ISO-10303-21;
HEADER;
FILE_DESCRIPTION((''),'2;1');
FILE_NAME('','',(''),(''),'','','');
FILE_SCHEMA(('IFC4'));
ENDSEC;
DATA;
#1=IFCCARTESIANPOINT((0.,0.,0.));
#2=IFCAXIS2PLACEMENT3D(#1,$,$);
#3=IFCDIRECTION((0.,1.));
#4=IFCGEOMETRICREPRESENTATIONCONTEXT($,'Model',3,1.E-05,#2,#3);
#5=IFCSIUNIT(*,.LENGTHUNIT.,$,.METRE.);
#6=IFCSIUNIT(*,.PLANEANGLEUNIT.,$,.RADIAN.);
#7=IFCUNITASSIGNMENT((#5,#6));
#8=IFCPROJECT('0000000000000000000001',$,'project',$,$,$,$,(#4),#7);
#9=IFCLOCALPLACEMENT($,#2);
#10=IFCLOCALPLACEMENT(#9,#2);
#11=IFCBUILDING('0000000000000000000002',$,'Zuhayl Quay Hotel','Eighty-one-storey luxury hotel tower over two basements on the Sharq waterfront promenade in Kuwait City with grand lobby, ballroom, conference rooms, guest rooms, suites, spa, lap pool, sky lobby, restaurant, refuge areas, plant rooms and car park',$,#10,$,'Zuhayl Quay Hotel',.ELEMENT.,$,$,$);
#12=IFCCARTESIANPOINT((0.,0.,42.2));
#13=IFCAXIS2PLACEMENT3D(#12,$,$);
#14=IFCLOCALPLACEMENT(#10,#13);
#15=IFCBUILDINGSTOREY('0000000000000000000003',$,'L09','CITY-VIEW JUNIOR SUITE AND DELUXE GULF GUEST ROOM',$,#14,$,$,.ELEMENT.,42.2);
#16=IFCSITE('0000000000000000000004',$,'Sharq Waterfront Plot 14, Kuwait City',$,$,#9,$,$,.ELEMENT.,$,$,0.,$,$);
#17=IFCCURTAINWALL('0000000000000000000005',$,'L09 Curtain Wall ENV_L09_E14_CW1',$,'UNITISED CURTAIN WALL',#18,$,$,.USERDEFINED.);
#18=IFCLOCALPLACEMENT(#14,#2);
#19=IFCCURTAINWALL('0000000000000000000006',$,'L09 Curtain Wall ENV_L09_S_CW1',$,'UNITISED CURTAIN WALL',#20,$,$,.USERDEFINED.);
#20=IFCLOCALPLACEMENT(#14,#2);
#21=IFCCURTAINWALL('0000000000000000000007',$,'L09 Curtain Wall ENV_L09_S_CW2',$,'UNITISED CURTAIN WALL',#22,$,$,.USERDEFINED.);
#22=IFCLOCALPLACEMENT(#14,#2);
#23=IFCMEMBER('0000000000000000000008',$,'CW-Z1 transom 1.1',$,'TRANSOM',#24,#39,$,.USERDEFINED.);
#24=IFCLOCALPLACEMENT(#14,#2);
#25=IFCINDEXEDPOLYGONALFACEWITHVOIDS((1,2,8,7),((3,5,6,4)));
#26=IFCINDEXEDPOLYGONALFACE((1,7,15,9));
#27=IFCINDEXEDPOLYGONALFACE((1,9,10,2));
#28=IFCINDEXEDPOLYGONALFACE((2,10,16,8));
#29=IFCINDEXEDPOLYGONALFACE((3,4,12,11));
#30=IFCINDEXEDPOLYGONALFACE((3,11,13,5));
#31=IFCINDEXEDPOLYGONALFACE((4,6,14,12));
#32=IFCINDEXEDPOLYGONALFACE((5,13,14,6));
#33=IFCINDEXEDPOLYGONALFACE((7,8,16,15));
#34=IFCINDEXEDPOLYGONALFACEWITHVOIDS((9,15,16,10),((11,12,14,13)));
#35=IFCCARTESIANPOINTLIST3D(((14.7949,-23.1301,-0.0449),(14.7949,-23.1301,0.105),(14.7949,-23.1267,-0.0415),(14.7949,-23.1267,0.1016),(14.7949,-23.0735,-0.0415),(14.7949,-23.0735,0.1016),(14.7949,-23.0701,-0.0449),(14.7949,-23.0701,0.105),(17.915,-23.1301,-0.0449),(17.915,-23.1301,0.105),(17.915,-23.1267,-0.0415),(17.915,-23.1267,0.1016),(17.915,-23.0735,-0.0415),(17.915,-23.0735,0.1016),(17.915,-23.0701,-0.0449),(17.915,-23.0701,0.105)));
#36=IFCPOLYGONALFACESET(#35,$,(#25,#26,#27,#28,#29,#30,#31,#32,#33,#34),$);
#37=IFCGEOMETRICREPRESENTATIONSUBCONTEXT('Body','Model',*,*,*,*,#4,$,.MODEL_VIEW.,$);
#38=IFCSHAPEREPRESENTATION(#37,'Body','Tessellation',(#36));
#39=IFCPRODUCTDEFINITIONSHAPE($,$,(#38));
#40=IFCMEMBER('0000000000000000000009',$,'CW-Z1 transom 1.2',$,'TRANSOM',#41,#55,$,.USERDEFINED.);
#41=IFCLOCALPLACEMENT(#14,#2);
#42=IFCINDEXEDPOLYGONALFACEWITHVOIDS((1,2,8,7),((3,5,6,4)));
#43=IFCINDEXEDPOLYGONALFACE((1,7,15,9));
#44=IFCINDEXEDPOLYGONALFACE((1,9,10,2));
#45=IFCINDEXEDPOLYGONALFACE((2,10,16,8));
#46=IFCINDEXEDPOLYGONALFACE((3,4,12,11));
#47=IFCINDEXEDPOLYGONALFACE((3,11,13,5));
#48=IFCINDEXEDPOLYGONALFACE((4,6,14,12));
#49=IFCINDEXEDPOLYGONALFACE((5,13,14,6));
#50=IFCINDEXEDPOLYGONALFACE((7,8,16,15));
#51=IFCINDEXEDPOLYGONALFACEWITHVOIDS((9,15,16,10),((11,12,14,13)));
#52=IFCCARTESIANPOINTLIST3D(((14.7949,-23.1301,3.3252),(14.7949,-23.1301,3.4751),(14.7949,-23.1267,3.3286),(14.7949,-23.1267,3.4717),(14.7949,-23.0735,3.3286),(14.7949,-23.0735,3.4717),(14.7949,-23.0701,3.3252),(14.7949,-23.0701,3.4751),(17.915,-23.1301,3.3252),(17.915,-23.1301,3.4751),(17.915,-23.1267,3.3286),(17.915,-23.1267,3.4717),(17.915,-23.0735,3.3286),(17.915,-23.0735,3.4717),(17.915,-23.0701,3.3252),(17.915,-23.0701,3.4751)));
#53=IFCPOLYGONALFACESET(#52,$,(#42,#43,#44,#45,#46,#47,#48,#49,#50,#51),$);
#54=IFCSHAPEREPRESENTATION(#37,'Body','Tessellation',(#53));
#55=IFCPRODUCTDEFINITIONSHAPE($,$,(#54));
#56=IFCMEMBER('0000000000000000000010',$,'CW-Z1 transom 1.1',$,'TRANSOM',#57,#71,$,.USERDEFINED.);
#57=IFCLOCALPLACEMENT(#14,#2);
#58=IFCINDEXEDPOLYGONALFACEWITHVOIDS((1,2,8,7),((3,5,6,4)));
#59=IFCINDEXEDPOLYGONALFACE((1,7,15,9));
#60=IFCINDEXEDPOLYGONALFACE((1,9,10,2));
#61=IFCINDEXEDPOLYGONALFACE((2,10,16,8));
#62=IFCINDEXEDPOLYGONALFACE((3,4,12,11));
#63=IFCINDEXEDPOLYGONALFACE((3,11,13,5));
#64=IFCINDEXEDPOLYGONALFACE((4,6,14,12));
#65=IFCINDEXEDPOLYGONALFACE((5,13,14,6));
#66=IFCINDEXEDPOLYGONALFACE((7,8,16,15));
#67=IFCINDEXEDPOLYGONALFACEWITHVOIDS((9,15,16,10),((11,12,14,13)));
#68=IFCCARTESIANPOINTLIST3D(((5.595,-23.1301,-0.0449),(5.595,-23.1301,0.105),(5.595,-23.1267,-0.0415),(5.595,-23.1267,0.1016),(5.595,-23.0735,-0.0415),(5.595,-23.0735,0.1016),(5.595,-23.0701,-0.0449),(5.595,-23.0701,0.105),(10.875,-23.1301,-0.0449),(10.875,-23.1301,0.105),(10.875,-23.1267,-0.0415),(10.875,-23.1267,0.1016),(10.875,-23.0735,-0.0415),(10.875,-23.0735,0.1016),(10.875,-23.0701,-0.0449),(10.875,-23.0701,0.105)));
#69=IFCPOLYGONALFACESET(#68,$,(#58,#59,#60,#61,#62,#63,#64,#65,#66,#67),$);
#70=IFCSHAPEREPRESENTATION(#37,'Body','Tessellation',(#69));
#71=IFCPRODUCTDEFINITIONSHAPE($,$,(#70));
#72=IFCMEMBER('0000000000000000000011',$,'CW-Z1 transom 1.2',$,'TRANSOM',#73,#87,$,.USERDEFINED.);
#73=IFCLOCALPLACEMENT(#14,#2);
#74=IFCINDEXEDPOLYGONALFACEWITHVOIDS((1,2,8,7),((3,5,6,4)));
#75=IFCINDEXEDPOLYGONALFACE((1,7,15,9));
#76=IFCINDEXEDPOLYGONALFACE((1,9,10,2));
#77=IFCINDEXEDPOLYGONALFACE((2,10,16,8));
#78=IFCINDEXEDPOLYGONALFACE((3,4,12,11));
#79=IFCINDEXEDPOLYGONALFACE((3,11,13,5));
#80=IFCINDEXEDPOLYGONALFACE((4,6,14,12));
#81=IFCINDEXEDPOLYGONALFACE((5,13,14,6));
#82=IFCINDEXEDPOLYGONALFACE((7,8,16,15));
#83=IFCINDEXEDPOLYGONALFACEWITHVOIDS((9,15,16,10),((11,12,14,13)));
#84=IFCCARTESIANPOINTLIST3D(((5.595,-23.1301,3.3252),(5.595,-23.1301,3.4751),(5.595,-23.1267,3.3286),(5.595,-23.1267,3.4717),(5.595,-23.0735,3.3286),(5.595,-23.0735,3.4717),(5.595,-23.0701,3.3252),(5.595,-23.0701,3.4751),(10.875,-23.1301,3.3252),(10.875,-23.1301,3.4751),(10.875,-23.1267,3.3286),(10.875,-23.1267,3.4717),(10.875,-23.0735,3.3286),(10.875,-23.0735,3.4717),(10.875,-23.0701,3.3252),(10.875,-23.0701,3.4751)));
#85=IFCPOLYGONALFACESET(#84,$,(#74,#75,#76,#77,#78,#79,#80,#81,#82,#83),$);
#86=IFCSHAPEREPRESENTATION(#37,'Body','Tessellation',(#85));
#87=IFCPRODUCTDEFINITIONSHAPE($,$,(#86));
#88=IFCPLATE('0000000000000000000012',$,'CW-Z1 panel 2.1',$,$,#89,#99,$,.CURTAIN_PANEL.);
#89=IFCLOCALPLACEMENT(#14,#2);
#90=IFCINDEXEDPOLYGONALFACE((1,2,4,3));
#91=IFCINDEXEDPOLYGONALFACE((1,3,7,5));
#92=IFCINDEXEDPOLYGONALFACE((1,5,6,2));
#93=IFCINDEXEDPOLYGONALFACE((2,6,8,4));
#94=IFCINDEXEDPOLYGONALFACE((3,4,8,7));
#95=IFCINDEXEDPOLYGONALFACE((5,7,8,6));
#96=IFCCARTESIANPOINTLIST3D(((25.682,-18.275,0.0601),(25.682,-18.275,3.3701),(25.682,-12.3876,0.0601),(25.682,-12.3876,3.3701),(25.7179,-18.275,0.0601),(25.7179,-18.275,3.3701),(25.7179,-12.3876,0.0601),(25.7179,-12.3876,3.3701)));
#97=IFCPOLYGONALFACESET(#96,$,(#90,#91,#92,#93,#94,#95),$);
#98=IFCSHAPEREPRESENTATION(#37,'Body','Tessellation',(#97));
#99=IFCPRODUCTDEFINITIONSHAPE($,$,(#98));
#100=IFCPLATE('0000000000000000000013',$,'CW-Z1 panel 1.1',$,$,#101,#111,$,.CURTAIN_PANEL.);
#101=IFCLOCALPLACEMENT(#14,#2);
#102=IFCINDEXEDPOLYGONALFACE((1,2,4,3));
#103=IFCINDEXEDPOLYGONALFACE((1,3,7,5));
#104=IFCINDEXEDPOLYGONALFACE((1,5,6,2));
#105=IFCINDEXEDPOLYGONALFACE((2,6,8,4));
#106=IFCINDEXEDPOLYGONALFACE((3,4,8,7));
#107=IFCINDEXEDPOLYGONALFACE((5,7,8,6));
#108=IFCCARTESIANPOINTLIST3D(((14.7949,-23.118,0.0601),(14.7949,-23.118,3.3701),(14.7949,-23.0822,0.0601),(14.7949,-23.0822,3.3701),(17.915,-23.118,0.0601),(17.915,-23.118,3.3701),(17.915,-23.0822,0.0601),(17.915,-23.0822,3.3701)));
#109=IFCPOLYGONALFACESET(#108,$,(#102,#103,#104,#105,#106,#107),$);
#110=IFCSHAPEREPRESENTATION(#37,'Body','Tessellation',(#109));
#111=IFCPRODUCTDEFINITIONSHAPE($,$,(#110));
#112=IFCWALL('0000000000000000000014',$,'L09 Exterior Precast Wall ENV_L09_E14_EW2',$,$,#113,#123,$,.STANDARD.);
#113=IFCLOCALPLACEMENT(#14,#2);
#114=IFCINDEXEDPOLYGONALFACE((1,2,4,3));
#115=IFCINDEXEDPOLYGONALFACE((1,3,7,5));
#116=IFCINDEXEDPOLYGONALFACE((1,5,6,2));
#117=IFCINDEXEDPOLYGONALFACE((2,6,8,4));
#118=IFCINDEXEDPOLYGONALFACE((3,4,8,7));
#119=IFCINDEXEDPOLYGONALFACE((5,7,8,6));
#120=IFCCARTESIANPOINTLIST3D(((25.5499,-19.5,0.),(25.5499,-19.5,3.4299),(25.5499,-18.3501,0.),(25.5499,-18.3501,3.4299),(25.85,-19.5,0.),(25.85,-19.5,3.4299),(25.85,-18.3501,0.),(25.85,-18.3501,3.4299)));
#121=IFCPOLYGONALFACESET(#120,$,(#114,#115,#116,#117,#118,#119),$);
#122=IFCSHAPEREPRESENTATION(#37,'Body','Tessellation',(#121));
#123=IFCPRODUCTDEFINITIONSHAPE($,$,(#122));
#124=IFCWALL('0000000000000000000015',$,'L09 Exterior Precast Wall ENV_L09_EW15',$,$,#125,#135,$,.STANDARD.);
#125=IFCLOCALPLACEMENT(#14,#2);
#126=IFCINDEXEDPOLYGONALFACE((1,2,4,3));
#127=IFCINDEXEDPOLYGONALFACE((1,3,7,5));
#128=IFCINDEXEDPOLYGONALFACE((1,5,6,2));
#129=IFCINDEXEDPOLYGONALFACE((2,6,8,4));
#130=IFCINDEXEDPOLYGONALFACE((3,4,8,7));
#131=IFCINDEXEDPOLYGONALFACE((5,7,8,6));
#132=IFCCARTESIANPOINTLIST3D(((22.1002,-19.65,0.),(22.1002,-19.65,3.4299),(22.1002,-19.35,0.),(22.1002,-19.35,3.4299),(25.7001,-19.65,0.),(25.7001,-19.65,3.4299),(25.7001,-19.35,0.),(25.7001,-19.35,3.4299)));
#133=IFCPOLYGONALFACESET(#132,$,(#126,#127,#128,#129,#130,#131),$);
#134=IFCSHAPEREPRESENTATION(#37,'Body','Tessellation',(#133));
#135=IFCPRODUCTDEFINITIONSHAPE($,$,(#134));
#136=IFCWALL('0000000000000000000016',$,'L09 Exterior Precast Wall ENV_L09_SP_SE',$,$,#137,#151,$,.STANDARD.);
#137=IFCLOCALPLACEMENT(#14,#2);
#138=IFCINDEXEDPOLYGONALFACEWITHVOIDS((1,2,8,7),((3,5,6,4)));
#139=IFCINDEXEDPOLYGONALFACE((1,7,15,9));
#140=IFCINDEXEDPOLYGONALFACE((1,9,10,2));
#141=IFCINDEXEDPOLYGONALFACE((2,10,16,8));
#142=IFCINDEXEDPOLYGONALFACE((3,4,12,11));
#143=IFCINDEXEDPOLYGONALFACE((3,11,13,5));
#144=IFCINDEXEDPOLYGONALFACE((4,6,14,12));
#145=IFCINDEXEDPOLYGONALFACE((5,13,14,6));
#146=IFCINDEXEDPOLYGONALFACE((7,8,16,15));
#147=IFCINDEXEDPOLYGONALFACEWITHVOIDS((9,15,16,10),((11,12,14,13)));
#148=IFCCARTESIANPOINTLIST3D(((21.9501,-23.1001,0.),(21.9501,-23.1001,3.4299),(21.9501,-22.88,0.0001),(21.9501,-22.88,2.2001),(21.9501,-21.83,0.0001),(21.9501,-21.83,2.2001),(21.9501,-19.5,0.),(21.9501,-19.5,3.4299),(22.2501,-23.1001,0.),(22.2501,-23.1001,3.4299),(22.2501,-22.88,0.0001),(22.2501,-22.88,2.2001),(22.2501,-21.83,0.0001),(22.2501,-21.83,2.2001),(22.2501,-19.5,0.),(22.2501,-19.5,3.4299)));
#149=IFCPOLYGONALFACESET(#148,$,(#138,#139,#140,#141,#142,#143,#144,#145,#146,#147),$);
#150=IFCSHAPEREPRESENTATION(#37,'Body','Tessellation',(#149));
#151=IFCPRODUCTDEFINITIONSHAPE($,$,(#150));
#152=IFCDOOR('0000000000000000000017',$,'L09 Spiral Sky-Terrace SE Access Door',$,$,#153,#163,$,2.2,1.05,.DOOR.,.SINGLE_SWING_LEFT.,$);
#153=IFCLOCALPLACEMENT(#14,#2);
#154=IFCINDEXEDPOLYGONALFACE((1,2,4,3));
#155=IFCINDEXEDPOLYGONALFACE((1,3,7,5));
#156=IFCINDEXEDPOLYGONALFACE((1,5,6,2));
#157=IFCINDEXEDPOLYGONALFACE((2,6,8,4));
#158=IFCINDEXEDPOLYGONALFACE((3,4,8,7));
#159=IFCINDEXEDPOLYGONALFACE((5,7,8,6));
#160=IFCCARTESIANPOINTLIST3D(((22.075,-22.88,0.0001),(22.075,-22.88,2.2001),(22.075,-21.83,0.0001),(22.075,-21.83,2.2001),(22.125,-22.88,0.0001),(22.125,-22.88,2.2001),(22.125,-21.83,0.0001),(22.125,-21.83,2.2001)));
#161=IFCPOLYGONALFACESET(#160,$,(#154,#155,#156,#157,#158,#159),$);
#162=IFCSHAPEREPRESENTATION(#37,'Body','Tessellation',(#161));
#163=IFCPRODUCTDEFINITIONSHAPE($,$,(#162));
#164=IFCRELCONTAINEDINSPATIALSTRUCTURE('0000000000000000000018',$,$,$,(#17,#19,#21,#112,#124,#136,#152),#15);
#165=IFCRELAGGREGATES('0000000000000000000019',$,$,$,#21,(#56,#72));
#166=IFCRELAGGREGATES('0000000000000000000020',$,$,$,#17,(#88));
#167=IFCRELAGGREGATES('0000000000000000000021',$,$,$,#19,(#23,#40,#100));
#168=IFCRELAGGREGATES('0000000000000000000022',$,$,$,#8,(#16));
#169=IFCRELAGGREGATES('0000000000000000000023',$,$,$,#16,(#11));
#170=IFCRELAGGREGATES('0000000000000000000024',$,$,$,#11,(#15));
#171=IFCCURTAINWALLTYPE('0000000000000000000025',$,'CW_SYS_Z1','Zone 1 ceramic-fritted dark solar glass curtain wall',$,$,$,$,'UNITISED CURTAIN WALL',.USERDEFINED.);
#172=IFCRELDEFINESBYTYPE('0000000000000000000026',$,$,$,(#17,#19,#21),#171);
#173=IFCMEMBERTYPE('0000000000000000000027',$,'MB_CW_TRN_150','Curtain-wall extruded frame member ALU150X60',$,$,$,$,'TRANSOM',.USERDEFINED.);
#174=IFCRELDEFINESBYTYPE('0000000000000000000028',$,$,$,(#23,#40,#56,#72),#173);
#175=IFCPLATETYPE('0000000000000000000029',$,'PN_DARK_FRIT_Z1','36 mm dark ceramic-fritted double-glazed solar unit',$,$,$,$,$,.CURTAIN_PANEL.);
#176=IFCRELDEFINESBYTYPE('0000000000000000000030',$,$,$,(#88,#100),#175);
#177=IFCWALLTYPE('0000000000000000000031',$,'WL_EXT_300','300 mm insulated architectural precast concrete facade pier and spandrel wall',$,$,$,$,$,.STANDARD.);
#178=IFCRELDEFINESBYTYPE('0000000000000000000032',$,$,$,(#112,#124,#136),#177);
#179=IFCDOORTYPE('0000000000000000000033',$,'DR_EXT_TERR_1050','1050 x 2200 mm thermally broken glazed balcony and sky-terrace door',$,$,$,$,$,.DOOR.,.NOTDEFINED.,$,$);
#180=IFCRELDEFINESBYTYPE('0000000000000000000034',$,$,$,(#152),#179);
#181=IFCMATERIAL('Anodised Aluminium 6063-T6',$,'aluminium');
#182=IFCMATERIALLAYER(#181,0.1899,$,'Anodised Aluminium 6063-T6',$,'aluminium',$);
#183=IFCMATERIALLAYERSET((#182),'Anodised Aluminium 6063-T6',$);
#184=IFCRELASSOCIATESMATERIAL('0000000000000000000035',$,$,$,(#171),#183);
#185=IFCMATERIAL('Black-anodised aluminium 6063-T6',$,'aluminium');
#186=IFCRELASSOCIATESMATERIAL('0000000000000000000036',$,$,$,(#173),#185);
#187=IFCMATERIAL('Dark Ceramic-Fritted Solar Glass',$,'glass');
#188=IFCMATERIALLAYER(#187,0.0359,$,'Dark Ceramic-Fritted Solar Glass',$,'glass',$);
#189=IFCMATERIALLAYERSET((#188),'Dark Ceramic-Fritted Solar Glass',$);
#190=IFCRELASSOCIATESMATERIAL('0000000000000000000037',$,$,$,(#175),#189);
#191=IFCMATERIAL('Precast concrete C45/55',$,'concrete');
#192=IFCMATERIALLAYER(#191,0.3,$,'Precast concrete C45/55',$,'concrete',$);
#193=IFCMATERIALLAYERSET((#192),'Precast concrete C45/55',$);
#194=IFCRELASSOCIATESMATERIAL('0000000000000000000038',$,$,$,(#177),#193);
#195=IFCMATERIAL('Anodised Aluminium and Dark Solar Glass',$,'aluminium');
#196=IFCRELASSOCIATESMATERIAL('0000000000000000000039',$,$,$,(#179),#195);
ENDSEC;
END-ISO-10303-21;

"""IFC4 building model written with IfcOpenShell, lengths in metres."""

from ifc_helpers import new_model, si_unit, direction, frame, frame_2d, origin, origin_2d, place, context, subcontext, project, spatial, rectangle, hollow_rectangle, extrude, material, layer, layer_set, material_profile, profile_set, type_object, element, fill, aggregate, save


model = new_model("IFC4")

# Units and contexts
model_context = context("Model", 3, precision=1e-05, world=origin(), true_north=direction((0.0, 1.0)))
body_context = subcontext(model_context, "Body", "Model", "MODEL_VIEW")
ifc_project = project(units=[si_unit("LENGTHUNIT", "METRE"), si_unit("PLANEANGLEUNIT", "RADIAN")], contexts=[model_context])

# Site, building, storey
site_placement = place(None, origin())
site = spatial("IfcSite", under=ifc_project, at=site_placement, Name="Sharq Waterfront Plot 14, Kuwait City", CompositionType="ELEMENT", RefElevation=0.0)
building_placement = place(site_placement, origin())
building = spatial("IfcBuilding", under=site, at=building_placement, Name="Zuhayl Quay Hotel", Description="Eighty-one-storey luxury hotel tower over two basements on the Sharq waterfront promenade in Kuwait City with grand lobby, ballroom, conference rooms, guest rooms, suites, spa, lap pool, sky lobby, restaurant, refuge areas, plant rooms and car park", LongName="Zuhayl Quay Hotel", CompositionType="ELEMENT")
storey_placement = place(building_placement, frame((0.0, 0.0, 42.2)))
storey = spatial("IfcBuildingStorey", under=building, at=storey_placement, Name="L09", Description="CITY-VIEW JUNIOR SUITE AND DELUXE GULF GUEST ROOM", CompositionType="ELEMENT", Elevation=42.2)

# Curtain walls
ifc_material_1 = material(Name="Anodised Aluminium 6063-T6", Category="aluminium")
ifc_layer_1 = layer(ifc_material_1, 0.1899, Name="Anodised Aluminium 6063-T6", Category="aluminium")
ifc_layer_set_1 = layer_set([ifc_layer_1], Name="Anodised Aluminium 6063-T6")
curtain_wall_type = type_object("IfcCurtainWallType", Name="CW_SYS_Z1", Description="Zone 1 ceramic-fritted dark solar glass curtain wall", ElementType="UNITISED CURTAIN WALL", PredefinedType="USERDEFINED", material=ifc_layer_set_1)
curtain_wall_1_placement = place(storey_placement, origin())
curtain_wall_1 = element("IfcCurtainWall", 1, at=curtain_wall_1_placement, inside=storey, type_object=curtain_wall_type, Name="L09 Curtain Wall ENV_L09_E14_CW1", ObjectType="UNITISED CURTAIN WALL", PredefinedType="USERDEFINED")
ifc_material_2 = material(Name="Black-anodised aluminium 6063-T6", Category="aluminium")
curtain_wall_2_placement = place(storey_placement, origin())
curtain_wall_2 = element("IfcCurtainWall", 2, at=curtain_wall_2_placement, inside=storey, type_object=curtain_wall_type, Name="L09 Curtain Wall ENV_L09_S_CW1", ObjectType="UNITISED CURTAIN WALL", PredefinedType="USERDEFINED")

# Curtain wall
curtain_wall_3_placement = place(storey_placement, origin())
curtain_wall_3 = element("IfcCurtainWall", 3, at=curtain_wall_3_placement, inside=storey, type_object=curtain_wall_type, Name="L09 Curtain Wall ENV_L09_S_CW2", ObjectType="UNITISED CURTAIN WALL", PredefinedType="USERDEFINED")

# Members
ifc_material_profile_1 = material_profile(ifc_material_2, hollow_rectangle(XDim=0.0601, YDim=0.1499, WallThickness=0.0034, at=origin_2d()), Name="ALU150X60")
ifc_profile_set_1 = profile_set([ifc_material_profile_1], Name="Black-anodised aluminium 6063-T6")
member_type_1 = type_object("IfcMemberType", Name="MB_CW_TRN_150", Description="Curtain-wall extruded frame member ALU150X60", ElementType="TRANSOM", PredefinedType="USERDEFINED", material=ifc_profile_set_1)
member_1_placement = place(storey_placement, frame((17.915, -23.1001, 0.03), z_axis=(-1.0, 0.0, 0.0), x_axis=(0.0, -1.0, 0.0)))
member_1 = element("IfcMember", 4, at=member_1_placement, type_object=member_type_1, Name="CW-Z1 transom 1.1", ObjectType="TRANSOM", PredefinedType="USERDEFINED", context=body_context, shape_type="SweptSolid", body=[
    extrude(hollow_rectangle(XDim=0.0601, YDim=0.1499, WallThickness=0.0034, at=origin_2d()), origin(), (0.0, 0.0, 1.0), 3.1201),
])
member_2_placement = place(storey_placement, frame((17.915, -23.1001, 3.4001), z_axis=(-1.0, 0.0, 0.0), x_axis=(0.0, -1.0, 0.0)))
member_2 = element("IfcMember", 5, at=member_2_placement, type_object=member_type_1, Name="CW-Z1 transom 1.2", ObjectType="TRANSOM", PredefinedType="USERDEFINED", context=body_context, shape_type="SweptSolid", body=[
    extrude(hollow_rectangle(XDim=0.0601, YDim=0.1499, WallThickness=0.0034, at=origin_2d()), origin(), (0.0, 0.0, 1.0), 3.1201),
])
member_3_placement = place(storey_placement, frame((10.875, -23.1001, 0.03), z_axis=(-1.0, 0.0, 0.0), x_axis=(0.0, -1.0, 0.0)))
member_3 = element("IfcMember", 6, at=member_3_placement, type_object=member_type_1, Name="CW-Z1 transom 1.1", ObjectType="TRANSOM", PredefinedType="USERDEFINED", context=body_context, shape_type="SweptSolid", body=[
    extrude(hollow_rectangle(XDim=0.0601, YDim=0.1499, WallThickness=0.0034, at=origin_2d()), origin(), (0.0, 0.0, 1.0), 5.28),
])
member_4_placement = place(storey_placement, frame((10.875, -23.1001, 3.4001), z_axis=(-1.0, 0.0, 0.0), x_axis=(0.0, -1.0, 0.0)))
member_4 = element("IfcMember", 7, at=member_4_placement, type_object=member_type_1, Name="CW-Z1 transom 1.2", ObjectType="TRANSOM", PredefinedType="USERDEFINED", context=body_context, shape_type="SweptSolid", body=[
    extrude(hollow_rectangle(XDim=0.0601, YDim=0.1499, WallThickness=0.0034, at=origin_2d()), origin(), (0.0, 0.0, 1.0), 5.28),
])
aggregate(curtain_wall_3, [member_3, member_4])

# Plates
ifc_material_3 = material(Name="Dark Ceramic-Fritted Solar Glass", Category="glass")
ifc_layer_2 = layer(ifc_material_3, 0.0359, Name="Dark Ceramic-Fritted Solar Glass", Category="glass")
ifc_layer_set_2 = layer_set([ifc_layer_2], Name="Dark Ceramic-Fritted Solar Glass")
plate_type = type_object("IfcPlateType", Name="PN_DARK_FRIT_Z1", Description="36 mm dark ceramic-fritted double-glazed solar unit", PredefinedType="CURTAIN_PANEL", material=ifc_layer_set_2)
plate_1_placement = place(storey_placement, frame((25.7, -15.3313, 0.0601), z_axis=(0.0, 0.0, 1.0), x_axis=(0.0, -1.0, 0.0)))
plate_1 = element("IfcPlate", 8, at=plate_1_placement, type_object=plate_type, Name="CW-Z1 panel 2.1", PredefinedType="CURTAIN_PANEL", context=body_context, shape_type="SweptSolid", body=[
    extrude(rectangle(XDim=5.8875, YDim=0.0359, at=origin_2d()), origin(), (0.0, 0.0, 1.0), 3.3101),
])
aggregate(curtain_wall_1, [plate_1])
plate_2_placement = place(storey_placement, frame((16.355, -23.1001, 0.0601), z_axis=(0.0, 0.0, 1.0), x_axis=(-1.0, 0.0, 0.0)))
plate_2 = element("IfcPlate", 9, at=plate_2_placement, type_object=plate_type, Name="CW-Z1 panel 1.1", PredefinedType="CURTAIN_PANEL", context=body_context, shape_type="SweptSolid", body=[
    extrude(rectangle(XDim=3.1201, YDim=0.0359, at=origin_2d()), origin(), (0.0, 0.0, 1.0), 3.3101),
])
aggregate(curtain_wall_2, [member_1, member_2, plate_2])

# Walls
ifc_material_4 = material(Name="Precast concrete C45/55", Category="concrete")
ifc_layer_3 = layer(ifc_material_4, 0.3, Name="Precast concrete C45/55", Category="concrete")
ifc_layer_set_3 = layer_set([ifc_layer_3], Name="Precast concrete C45/55")
wall_type_1 = type_object("IfcWallType", Name="WL_EXT_300", Description="300 mm insulated architectural precast concrete facade pier and spandrel wall", PredefinedType="STANDARD", material=ifc_layer_set_3)
wall_1_placement = place(storey_placement, frame((25.7, -18.3501, 0.0), z_axis=(0.0, 0.0, 1.0), x_axis=(0.0, -1.0, 0.0)))
element("IfcWall", 10, at=wall_1_placement, inside=storey, type_object=wall_type_1, Name="L09 Exterior Precast Wall ENV_L09_E14_EW2", PredefinedType="STANDARD", context=body_context, shape_type="SweptSolid", body=[
    extrude(rectangle(XDim=1.1499, YDim=0.3, at=frame_2d((0.575, 0.0))), origin(), (0.0, 0.0, 1.0), 3.4299),
])
wall_2_placement = place(storey_placement, frame((25.7, -19.5, 0.0), z_axis=(0.0, 0.0, 1.0), x_axis=(-1.0, 0.0, 0.0)))
element("IfcWall", 11, at=wall_2_placement, inside=storey, type_object=wall_type_1, Name="L09 Exterior Precast Wall ENV_L09_EW15", PredefinedType="STANDARD", context=body_context, shape_type="SweptSolid", body=[
    extrude(rectangle(XDim=3.5999, YDim=0.3, at=frame_2d((1.7998, 0.0))), origin(), (0.0, 0.0, 1.0), 3.4299),
])

# Wall, opening, door
wall_3_placement = place(storey_placement, frame((22.1001, -19.5, 0.0), z_axis=(0.0, 0.0, 1.0), x_axis=(0.0, -1.0, 0.0)))
wall_3 = element("IfcWall", 12, at=wall_3_placement, inside=storey, type_object=wall_type_1, Name="L09 Exterior Precast Wall ENV_L09_SP_SE", PredefinedType="STANDARD", context=body_context, shape_type="SweptSolid", body=[
    extrude(rectangle(XDim=3.6001, YDim=0.3, at=frame_2d((1.8, 0.0))), origin(), (0.0, 0.0, 1.0), 3.4299),
])
opening_1_placement = place(wall_3_placement, frame((2.3301, 0.0, 0.0)))
opening_1 = element("IfcOpeningElement", 13, at=opening_1_placement, cuts=wall_3, PredefinedType="OPENING", context=body_context, shape_type="SweptSolid", body=[
    extrude(rectangle(XDim=1.05, YDim=2.2, at=frame_2d((0.5249, 1.1001))), frame((0.0, 0.1599, 0.0), z_axis=(0.0, -1.0, 0.0), x_axis=(1.0, 0.0, 0.0)), (0.0, 0.0, 1.0), 0.3201),
])
ifc_material_5 = material(Name="Anodised Aluminium and Dark Solar Glass", Category="aluminium")
door_type = type_object("IfcDoorType", Name="DR_EXT_TERR_1050", Description="1050 x 2200 mm thermally broken glazed balcony and sky-terrace door", OperationType="NOTDEFINED", PredefinedType="DOOR", material=ifc_material_5)
door_placement = place(opening_1_placement, origin())
door = element("IfcDoor", 14, at=door_placement, inside=storey, type_object=door_type, Name="L09 Spiral Sky-Terrace SE Access Door", OperationType="SINGLE_SWING_LEFT", OverallHeight=2.2, OverallWidth=1.05, PredefinedType="DOOR", context=body_context, shape_type="SweptSolid", body=[
    extrude(rectangle(XDim=1.05, YDim=2.2, at=frame_2d((0.5249, 1.1001))), frame((0.0, 0.0249, 0.0), z_axis=(0.0, -1.0, 0.0), x_axis=(1.0, 0.0, 0.0)), (0.0, 0.0, 1.0), 0.05),
])
fill(opening_1, door)

save(model, "model.ifc")
